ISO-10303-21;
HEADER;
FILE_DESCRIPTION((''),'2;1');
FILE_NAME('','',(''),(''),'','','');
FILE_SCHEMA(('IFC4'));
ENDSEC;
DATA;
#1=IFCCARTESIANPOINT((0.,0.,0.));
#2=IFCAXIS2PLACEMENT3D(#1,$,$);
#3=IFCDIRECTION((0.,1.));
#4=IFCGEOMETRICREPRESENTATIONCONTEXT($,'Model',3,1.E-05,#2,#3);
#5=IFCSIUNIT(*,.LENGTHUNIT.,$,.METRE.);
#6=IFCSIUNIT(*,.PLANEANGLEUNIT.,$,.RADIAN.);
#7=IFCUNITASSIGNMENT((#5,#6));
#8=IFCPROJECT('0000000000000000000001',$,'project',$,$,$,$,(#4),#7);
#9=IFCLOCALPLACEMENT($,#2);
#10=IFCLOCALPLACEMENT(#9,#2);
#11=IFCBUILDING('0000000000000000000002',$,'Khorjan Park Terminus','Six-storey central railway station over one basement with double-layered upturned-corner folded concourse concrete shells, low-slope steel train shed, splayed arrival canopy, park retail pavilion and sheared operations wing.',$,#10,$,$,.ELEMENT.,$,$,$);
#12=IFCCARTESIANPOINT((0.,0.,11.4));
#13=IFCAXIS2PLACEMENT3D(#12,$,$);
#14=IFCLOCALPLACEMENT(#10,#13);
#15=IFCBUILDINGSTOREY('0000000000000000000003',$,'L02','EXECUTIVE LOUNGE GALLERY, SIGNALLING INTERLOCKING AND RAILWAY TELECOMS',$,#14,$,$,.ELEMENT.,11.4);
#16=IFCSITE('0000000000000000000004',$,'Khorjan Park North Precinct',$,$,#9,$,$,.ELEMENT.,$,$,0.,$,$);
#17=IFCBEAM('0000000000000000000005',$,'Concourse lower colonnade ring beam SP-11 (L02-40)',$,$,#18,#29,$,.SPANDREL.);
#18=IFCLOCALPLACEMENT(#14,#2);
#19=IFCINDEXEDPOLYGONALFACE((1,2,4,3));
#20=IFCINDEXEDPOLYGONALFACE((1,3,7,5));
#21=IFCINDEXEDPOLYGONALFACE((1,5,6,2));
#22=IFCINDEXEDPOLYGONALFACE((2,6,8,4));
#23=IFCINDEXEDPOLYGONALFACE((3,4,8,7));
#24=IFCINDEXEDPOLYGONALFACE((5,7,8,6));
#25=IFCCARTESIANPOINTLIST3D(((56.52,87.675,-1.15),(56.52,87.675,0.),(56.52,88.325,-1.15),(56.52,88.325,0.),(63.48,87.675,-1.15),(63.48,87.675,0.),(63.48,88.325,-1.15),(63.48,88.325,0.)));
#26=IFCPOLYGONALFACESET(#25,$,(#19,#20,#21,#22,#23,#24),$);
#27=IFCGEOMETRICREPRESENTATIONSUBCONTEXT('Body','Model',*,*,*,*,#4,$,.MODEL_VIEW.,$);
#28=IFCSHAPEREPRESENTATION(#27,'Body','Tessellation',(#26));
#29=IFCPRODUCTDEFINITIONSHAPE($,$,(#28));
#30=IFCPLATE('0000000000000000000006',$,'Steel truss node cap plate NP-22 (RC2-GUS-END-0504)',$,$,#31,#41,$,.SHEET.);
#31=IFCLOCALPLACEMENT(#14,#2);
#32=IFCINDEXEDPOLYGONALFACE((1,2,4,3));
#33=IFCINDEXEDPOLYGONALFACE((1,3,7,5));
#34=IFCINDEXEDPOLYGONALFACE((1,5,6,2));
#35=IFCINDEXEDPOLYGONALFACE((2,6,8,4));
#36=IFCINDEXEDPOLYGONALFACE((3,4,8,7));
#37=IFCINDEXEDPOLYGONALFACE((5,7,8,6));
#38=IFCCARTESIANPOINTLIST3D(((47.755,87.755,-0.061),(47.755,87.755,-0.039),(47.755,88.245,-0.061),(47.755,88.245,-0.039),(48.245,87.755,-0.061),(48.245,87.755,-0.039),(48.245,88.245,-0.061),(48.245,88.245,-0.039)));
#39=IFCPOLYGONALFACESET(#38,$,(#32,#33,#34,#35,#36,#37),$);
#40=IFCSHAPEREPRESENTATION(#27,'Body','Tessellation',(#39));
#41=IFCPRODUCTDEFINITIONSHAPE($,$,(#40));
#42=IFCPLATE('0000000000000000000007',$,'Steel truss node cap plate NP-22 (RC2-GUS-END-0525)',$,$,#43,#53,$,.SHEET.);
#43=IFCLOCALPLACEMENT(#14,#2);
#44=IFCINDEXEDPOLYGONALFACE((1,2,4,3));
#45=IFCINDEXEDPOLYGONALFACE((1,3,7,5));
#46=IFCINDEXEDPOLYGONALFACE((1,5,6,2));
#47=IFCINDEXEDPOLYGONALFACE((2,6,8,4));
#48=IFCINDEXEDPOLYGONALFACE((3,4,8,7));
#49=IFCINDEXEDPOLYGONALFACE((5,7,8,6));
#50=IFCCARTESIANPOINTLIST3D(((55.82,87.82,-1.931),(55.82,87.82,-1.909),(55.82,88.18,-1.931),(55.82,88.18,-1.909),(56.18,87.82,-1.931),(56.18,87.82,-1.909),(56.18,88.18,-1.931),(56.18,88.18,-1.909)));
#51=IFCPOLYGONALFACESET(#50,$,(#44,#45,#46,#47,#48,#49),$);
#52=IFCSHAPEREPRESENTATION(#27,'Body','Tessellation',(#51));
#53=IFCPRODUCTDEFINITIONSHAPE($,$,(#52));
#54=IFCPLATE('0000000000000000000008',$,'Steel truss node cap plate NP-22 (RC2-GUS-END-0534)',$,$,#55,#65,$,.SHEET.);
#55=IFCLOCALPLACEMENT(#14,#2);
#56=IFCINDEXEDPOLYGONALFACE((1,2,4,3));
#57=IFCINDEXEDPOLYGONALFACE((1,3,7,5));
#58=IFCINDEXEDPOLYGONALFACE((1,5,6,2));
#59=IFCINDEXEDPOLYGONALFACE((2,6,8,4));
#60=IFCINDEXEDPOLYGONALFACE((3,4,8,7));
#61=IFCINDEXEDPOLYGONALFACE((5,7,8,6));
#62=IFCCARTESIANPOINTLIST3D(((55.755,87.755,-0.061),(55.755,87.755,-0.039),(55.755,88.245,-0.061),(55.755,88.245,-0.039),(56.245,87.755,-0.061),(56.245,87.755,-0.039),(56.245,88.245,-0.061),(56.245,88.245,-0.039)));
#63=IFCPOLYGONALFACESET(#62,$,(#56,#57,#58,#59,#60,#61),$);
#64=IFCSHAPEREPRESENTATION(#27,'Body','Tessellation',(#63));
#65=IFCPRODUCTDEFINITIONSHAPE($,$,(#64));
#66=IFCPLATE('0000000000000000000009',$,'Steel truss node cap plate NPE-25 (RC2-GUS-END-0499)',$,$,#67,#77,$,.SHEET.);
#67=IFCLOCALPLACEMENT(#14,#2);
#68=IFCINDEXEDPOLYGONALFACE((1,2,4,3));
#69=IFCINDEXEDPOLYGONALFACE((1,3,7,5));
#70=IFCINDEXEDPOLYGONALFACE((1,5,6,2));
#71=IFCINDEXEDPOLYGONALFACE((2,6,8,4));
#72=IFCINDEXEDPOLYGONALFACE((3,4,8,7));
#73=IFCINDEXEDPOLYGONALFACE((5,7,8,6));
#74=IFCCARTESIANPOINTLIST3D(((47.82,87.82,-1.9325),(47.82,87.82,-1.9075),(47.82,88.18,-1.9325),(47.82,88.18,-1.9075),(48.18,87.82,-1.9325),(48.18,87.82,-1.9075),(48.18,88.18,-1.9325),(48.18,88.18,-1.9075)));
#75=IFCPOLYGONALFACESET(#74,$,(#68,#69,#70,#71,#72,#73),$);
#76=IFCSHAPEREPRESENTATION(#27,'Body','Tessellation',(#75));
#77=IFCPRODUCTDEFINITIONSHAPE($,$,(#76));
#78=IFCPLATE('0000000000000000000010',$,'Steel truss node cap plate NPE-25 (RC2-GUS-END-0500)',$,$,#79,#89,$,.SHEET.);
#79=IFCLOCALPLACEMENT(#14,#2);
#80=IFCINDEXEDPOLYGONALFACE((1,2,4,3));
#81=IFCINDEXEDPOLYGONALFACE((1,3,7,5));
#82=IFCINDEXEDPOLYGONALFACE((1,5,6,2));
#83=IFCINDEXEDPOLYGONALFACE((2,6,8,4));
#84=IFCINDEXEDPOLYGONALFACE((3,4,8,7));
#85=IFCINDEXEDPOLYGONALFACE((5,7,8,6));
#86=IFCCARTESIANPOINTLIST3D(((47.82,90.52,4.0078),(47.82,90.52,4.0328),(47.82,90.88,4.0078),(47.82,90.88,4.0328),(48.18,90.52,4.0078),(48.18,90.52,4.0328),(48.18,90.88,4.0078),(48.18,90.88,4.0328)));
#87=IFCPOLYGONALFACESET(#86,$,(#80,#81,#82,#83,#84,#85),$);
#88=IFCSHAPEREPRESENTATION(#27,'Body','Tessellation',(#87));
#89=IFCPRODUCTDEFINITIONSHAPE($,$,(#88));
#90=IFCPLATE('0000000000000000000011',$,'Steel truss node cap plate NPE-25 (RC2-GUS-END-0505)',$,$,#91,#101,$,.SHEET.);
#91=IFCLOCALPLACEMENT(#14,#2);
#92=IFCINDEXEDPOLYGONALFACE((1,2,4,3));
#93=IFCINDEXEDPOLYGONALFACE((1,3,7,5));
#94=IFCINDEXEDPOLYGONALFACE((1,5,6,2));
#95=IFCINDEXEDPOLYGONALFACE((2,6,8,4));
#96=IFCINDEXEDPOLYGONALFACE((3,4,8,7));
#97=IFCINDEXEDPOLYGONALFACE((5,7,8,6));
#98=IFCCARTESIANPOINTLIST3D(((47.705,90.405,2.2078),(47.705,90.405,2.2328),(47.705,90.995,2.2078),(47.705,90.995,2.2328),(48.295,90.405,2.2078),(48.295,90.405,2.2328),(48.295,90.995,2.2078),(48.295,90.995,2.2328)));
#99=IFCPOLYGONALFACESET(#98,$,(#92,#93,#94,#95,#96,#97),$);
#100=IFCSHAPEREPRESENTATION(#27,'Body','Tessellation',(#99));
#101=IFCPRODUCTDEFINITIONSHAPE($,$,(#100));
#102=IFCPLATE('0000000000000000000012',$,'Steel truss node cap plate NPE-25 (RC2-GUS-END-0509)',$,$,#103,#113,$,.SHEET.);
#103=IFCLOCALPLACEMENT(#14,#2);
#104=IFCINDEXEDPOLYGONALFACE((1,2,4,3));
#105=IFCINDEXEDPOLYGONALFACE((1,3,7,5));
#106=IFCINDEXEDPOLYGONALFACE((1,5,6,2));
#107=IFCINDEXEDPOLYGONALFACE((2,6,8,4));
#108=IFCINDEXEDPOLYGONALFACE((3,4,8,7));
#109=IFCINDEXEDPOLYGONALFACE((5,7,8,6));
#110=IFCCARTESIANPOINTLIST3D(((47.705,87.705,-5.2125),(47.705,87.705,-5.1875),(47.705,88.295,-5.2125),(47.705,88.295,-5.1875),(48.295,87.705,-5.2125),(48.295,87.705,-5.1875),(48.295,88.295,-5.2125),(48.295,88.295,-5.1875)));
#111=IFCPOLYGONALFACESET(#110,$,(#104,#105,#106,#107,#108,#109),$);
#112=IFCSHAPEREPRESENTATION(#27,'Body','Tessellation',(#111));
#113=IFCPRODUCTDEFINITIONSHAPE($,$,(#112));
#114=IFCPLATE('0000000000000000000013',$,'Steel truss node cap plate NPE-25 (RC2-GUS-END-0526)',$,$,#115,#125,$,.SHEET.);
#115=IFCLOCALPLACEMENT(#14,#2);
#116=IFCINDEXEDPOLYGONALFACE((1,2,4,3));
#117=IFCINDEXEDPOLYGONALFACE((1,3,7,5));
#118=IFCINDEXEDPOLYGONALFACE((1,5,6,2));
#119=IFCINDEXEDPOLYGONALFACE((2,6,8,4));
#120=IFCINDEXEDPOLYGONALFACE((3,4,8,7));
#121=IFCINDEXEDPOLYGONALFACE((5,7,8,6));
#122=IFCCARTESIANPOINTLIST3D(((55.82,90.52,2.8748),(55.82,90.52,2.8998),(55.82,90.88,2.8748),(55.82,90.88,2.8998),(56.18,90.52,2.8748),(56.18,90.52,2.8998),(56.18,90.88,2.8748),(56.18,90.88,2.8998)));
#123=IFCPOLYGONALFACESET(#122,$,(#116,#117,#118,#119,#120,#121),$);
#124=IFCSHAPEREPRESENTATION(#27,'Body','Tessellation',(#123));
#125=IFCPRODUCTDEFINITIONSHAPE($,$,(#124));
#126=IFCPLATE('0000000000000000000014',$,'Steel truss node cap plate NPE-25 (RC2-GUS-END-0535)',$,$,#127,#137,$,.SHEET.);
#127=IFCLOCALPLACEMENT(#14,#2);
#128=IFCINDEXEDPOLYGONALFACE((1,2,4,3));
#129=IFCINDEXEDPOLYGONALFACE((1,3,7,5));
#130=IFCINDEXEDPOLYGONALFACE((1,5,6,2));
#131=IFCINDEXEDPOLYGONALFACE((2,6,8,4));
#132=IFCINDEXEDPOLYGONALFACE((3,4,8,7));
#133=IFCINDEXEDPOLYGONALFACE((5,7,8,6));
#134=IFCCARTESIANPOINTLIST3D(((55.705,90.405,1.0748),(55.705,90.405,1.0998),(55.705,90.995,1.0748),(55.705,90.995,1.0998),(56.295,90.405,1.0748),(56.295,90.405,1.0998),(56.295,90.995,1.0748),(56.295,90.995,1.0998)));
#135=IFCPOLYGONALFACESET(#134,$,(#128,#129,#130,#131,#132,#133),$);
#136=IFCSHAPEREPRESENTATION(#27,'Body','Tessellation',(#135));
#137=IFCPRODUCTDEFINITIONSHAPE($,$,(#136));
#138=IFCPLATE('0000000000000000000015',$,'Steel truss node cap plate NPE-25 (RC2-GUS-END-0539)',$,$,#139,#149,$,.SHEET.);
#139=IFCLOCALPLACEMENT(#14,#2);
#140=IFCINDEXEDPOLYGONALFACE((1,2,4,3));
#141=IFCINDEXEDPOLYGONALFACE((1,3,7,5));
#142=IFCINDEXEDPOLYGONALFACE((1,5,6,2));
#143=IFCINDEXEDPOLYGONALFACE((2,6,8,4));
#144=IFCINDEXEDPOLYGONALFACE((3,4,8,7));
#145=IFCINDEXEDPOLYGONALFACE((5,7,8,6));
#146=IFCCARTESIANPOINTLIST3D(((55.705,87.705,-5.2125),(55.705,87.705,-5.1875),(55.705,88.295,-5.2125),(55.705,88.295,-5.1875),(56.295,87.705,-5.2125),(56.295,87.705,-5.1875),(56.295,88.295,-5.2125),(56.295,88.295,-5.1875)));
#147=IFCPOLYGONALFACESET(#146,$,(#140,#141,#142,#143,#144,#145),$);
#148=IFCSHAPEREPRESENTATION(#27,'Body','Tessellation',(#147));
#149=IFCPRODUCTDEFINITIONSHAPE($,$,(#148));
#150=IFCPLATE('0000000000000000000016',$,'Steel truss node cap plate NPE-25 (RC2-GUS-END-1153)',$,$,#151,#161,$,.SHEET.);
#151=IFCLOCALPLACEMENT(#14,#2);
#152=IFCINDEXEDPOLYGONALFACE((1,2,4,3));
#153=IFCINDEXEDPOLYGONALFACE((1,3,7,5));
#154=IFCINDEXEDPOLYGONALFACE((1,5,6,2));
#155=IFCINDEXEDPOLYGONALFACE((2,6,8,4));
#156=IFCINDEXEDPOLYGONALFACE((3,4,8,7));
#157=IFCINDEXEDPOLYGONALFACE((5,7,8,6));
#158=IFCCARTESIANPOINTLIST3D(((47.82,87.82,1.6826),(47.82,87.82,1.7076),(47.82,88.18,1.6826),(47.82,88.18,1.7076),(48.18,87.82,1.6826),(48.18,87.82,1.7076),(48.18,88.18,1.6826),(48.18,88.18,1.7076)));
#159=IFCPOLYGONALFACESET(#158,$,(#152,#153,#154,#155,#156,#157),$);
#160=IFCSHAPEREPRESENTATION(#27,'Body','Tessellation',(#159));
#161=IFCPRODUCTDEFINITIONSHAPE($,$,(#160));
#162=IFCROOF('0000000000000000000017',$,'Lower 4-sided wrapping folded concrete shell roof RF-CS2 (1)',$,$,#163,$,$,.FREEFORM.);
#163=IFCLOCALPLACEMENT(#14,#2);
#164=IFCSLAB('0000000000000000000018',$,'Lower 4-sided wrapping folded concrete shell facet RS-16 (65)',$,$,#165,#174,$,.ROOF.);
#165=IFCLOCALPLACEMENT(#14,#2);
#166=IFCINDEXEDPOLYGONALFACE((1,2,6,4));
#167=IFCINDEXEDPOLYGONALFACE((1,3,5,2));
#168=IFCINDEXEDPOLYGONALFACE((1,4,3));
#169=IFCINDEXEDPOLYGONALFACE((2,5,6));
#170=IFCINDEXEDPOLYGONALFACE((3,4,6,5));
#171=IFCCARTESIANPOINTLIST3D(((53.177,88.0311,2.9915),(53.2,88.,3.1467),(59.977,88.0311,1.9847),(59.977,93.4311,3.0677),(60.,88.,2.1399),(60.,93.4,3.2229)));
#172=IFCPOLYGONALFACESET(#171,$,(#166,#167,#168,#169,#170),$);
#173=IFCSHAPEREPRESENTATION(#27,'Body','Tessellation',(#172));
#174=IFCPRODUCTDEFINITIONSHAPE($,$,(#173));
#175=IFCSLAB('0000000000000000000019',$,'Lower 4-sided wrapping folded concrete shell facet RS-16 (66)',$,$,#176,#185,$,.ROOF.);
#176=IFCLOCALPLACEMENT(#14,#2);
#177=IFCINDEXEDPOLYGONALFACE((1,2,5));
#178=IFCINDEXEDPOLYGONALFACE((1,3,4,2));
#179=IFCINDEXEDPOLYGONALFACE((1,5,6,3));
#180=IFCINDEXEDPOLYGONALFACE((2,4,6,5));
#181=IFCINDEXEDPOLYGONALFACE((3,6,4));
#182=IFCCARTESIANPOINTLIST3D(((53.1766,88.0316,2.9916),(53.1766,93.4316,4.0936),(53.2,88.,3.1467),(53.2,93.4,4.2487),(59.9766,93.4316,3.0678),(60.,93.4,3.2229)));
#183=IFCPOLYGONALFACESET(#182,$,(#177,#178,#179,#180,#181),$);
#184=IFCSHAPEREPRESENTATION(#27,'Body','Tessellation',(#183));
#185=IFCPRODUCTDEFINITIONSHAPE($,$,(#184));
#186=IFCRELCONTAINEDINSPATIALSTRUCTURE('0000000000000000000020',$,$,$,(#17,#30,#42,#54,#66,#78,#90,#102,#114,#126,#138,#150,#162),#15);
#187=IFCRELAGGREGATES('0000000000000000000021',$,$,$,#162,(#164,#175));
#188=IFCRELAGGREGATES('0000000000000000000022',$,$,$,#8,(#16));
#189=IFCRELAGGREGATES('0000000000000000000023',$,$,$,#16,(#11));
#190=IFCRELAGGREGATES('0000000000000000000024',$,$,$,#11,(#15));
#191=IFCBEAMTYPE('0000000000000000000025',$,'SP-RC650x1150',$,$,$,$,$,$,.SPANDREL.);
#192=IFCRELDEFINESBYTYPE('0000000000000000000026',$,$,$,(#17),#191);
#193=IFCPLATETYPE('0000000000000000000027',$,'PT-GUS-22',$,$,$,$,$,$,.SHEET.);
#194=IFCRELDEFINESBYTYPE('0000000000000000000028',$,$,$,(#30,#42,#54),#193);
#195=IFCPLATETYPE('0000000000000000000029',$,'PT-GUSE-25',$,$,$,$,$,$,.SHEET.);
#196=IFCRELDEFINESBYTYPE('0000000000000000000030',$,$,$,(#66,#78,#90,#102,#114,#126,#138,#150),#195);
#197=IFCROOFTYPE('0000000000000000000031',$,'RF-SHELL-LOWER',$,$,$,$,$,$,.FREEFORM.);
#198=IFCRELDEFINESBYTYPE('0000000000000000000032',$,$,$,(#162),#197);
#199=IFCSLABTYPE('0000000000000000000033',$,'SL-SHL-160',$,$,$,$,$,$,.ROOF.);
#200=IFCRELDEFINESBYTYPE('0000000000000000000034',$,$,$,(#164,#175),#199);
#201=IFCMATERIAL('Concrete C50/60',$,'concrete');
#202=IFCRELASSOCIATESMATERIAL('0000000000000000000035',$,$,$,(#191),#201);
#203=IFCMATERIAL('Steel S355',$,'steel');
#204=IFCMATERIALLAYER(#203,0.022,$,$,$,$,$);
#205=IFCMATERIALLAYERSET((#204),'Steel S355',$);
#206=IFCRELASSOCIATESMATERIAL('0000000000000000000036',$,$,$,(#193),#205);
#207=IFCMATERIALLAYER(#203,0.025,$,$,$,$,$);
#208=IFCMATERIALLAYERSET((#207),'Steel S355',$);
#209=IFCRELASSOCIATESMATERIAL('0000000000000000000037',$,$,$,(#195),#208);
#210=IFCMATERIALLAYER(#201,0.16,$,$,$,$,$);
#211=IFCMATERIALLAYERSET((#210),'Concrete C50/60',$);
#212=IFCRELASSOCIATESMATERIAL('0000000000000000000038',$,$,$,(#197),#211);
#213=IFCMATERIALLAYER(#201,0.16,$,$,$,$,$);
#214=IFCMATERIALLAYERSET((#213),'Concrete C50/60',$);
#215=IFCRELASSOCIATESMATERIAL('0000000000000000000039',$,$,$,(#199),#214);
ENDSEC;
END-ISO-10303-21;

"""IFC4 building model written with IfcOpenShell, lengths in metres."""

from ifc_helpers import new_model, si_unit, direction, frame, origin, origin_2d, place, context, subcontext, project, spatial, polyline, rectangle, outline, extrude, material, layer, layer_set, material_profile, profile_set, type_object, element, aggregate, save


model = new_model("IFC4")

# Units and contexts
model_context = context("Model", 3, precision=1e-05, world=origin(), true_north=direction((0.0, 1.0)))
body_context = subcontext(model_context, "Body", "Model", "MODEL_VIEW")
ifc_project = project(units=[si_unit("LENGTHUNIT", "METRE"), si_unit("PLANEANGLEUNIT", "RADIAN")], contexts=[model_context])

# Site, building, storey
site_placement = place(None, origin())
site = spatial("IfcSite", under=ifc_project, at=site_placement, Name="Khorjan Park North Precinct", CompositionType="ELEMENT", RefElevation=0.0)
building_placement = place(site_placement, origin())
building = spatial("IfcBuilding", under=site, at=building_placement, Name="Khorjan Park Terminus", Description="Six-storey central railway station over one basement with double-layered upturned-corner folded concourse concrete shells, low-slope steel train shed, splayed arrival canopy, park retail pavilion and sheared operations wing.", CompositionType="ELEMENT")
storey_placement = place(building_placement, frame((0.0, 0.0, 11.4)))
storey = spatial("IfcBuildingStorey", under=building, at=storey_placement, Name="L02", Description="EXECUTIVE LOUNGE GALLERY, SIGNALLING INTERLOCKING AND RAILWAY TELECOMS", CompositionType="ELEMENT", Elevation=11.4)

# Shared definitions
ifc_material_1 = material(Name="Concrete C50/60", Category="concrete")

# Shared definitions
ifc_material_2 = material(Name="Steel S355", Category="steel")

# Beam
ifc_material_profile_1 = material_profile(ifc_material_1, rectangle(XDim=0.65, YDim=1.15, at=origin_2d()), Name="RC 650x1150")
ifc_profile_set_1 = profile_set([ifc_material_profile_1], Name="Concrete C50/60")
beam_type_1 = type_object("IfcBeamType", Name="SP-RC650x1150", PredefinedType="SPANDREL", material=ifc_profile_set_1)
beam_1_placement = place(storey_placement, frame((56.52, 88.0, -0.575), z_axis=(1.0, 0.0, 0.0), x_axis=(0.0, 1.0, 0.0)))
element("IfcBeam", 1, at=beam_1_placement, inside=storey, type_object=beam_type_1, Name="Concourse lower colonnade ring beam SP-11 (L02-40)", PredefinedType="SPANDREL", context=body_context, shape_type="SweptSolid", body=[
    extrude(rectangle(XDim=0.65, YDim=1.15, at=origin_2d()), origin(), (0.0, 0.0, 1.0), 6.96),
])

# Plates
ifc_layer_1 = layer(ifc_material_2, 0.022)
ifc_layer_set_1 = layer_set([ifc_layer_1], Name="Steel S355")
plate_type_1 = type_object("IfcPlateType", Name="PT-GUS-22", PredefinedType="SHEET", material=ifc_layer_set_1)
plate_1_placement = place(storey_placement, frame((48.0, 88.0, -0.061), z_axis=(0.0, 0.0, 1.0), x_axis=(1.0, 0.0, 0.0)))
element("IfcPlate", 2, at=plate_1_placement, inside=storey, type_object=plate_type_1, Name="Steel truss node cap plate NP-22 (RC2-GUS-END-0504)", PredefinedType="SHEET", context=body_context, shape_type="SweptSolid", body=[
    extrude(rectangle(XDim=0.49, YDim=0.49, at=origin_2d()), origin(), (0.0, 0.0, 1.0), 0.022),
])
plate_2_placement = place(storey_placement, frame((56.0, 88.0, -1.931), z_axis=(0.0, 0.0, 1.0), x_axis=(1.0, 0.0, 0.0)))
element("IfcPlate", 3, at=plate_2_placement, inside=storey, type_object=plate_type_1, Name="Steel truss node cap plate NP-22 (RC2-GUS-END-0525)", PredefinedType="SHEET", context=body_context, shape_type="SweptSolid", body=[
    extrude(rectangle(XDim=0.36, YDim=0.36, at=origin_2d()), origin(), (0.0, 0.0, 1.0), 0.022),
])
plate_3_placement = place(storey_placement, frame((56.0, 88.0, -0.061), z_axis=(0.0, 0.0, 1.0), x_axis=(1.0, 0.0, 0.0)))
element("IfcPlate", 4, at=plate_3_placement, inside=storey, type_object=plate_type_1, Name="Steel truss node cap plate NP-22 (RC2-GUS-END-0534)", PredefinedType="SHEET", context=body_context, shape_type="SweptSolid", body=[
    extrude(rectangle(XDim=0.49, YDim=0.49, at=origin_2d()), origin(), (0.0, 0.0, 1.0), 0.022),
])
ifc_layer_2 = layer(ifc_material_2, 0.025)
ifc_layer_set_2 = layer_set([ifc_layer_2], Name="Steel S355")
plate_type_2 = type_object("IfcPlateType", Name="PT-GUSE-25", PredefinedType="SHEET", material=ifc_layer_set_2)
for number, where, z_axis, x_axis, name in (
    (5, (48.0, 88.0, -1.9325), (0.0, 0.0, 1.0), (1.0, 0.0, 0.0), "Steel truss node cap plate NPE-25 (RC2-GUS-END-0499)"),
    (6, (48.0, 90.7, 4.0078), (0.0, 0.0, 1.0), (1.0, 0.0, 0.0), "Steel truss node cap plate NPE-25 (RC2-GUS-END-0500)"),
):
    element("IfcPlate", number, at=place(storey_placement, frame(where, z_axis=z_axis, x_axis=x_axis)), inside=storey, type_object=plate_type_2, Name=name, PredefinedType="SHEET", context=body_context, shape_type="SweptSolid", body=[
        extrude(rectangle(XDim=0.36, YDim=0.36, at=origin_2d()), origin(), (0.0, 0.0, 1.0), 0.025),
    ])
for number, where, z_axis, x_axis, name in (
    (7, (48.0, 90.7, 2.2078), (0.0, 0.0, 1.0), (1.0, 0.0, 0.0), "Steel truss node cap plate NPE-25 (RC2-GUS-END-0505)"),
    (8, (48.0, 88.0, -5.2125), (0.0, 0.0, 1.0), (1.0, 0.0, 0.0), "Steel truss node cap plate NPE-25 (RC2-GUS-END-0509)"),
):
    element("IfcPlate", number, at=place(storey_placement, frame(where, z_axis=z_axis, x_axis=x_axis)), inside=storey, type_object=plate_type_2, Name=name, PredefinedType="SHEET", context=body_context, shape_type="SweptSolid", body=[
        extrude(rectangle(XDim=0.59, YDim=0.59, at=origin_2d()), origin(), (0.0, 0.0, 1.0), 0.025),
    ])
plate_4_placement = place(storey_placement, frame((56.0, 90.7, 2.8748), z_axis=(0.0, 0.0, 1.0), x_axis=(1.0, 0.0, 0.0)))
element("IfcPlate", 9, at=plate_4_placement, inside=storey, type_object=plate_type_2, Name="Steel truss node cap plate NPE-25 (RC2-GUS-END-0526)", PredefinedType="SHEET", context=body_context, shape_type="SweptSolid", body=[
    extrude(rectangle(XDim=0.36, YDim=0.36, at=origin_2d()), origin(), (0.0, 0.0, 1.0), 0.025),
])
for number, where, z_axis, x_axis, name in (
    (10, (56.0, 90.7, 1.0748), (0.0, 0.0, 1.0), (1.0, 0.0, 0.0), "Steel truss node cap plate NPE-25 (RC2-GUS-END-0535)"),
    (11, (56.0, 88.0, -5.2125), (0.0, 0.0, 1.0), (1.0, 0.0, 0.0), "Steel truss node cap plate NPE-25 (RC2-GUS-END-0539)"),
):
    element("IfcPlate", number, at=place(storey_placement, frame(where, z_axis=z_axis, x_axis=x_axis)), inside=storey, type_object=plate_type_2, Name=name, PredefinedType="SHEET", context=body_context, shape_type="SweptSolid", body=[
        extrude(rectangle(XDim=0.59, YDim=0.59, at=origin_2d()), origin(), (0.0, 0.0, 1.0), 0.025),
    ])
plate_5_placement = place(storey_placement, frame((48.0, 88.0, 1.6826), z_axis=(0.0, 0.0, 1.0), x_axis=(1.0, 0.0, 0.0)))
element("IfcPlate", 12, at=plate_5_placement, inside=storey, type_object=plate_type_2, Name="Steel truss node cap plate NPE-25 (RC2-GUS-END-1153)", PredefinedType="SHEET", context=body_context, shape_type="SweptSolid", body=[
    extrude(rectangle(XDim=0.36, YDim=0.36, at=origin_2d()), origin(), (0.0, 0.0, 1.0), 0.025),
])

# Roof, slabs
ifc_layer_3 = layer(ifc_material_1, 0.16)
ifc_layer_set_3 = layer_set([ifc_layer_3], Name="Concrete C50/60")
roof_type = type_object("IfcRoofType", Name="RF-SHELL-LOWER", PredefinedType="FREEFORM", material=ifc_layer_set_3)
roof_placement = place(storey_placement, origin())
roof = element("IfcRoof", 13, at=roof_placement, inside=storey, type_object=roof_type, Name="Lower 4-sided wrapping folded concrete shell roof RF-CS2 (1)", PredefinedType="FREEFORM")
ifc_layer_4 = layer(ifc_material_1, 0.16)
ifc_layer_set_4 = layer_set([ifc_layer_4], Name="Concrete C50/60")
slab_type = type_object("IfcSlabType", Name="SL-SHL-160", PredefinedType="ROOF", material=ifc_layer_set_4)
slab_1_placement = place(storey_placement, frame((53.2, 88.0, 3.1467), z_axis=(0.143662, -0.1946, 0.970305), x_axis=(0.989216, 0.0, -0.146462)))
slab_1 = element("IfcSlab", 14, at=slab_1_placement, type_object=slab_type, Name="Lower 4-sided wrapping folded concrete shell facet RS-16 (65)", PredefinedType="ROOF", context=body_context, shape_type="SweptSolid", body=[
    extrude(outline(polyline([(0.0, 0.0), (6.8741, 0.0), (6.7155, 5.5052), (0.0, 0.0)])), origin(), (0.0, 0.0, -1.0), 0.16),
])
slab_2_placement = place(storey_placement, frame((53.2, 88.0, 3.1467), z_axis=(0.146218, -0.197804, 0.969275), x_axis=(0.783081, 0.621858, 0.008775)))
slab_2 = element("IfcSlab", 15, at=slab_2_placement, type_object=slab_type, Name="Lower 4-sided wrapping folded concrete shell facet RS-16 (66)", PredefinedType="ROOF", context=body_context, shape_type="SweptSolid", body=[
    extrude(outline(polyline([(0.0, 0.0), (8.6837, 0.0), (3.3677, 4.3627), (0.0, 0.0)])), origin(), (0.0, 0.0, -1.0), 0.16),
])
aggregate(roof, [slab_1, slab_2])

save(model, "model.ifc")
